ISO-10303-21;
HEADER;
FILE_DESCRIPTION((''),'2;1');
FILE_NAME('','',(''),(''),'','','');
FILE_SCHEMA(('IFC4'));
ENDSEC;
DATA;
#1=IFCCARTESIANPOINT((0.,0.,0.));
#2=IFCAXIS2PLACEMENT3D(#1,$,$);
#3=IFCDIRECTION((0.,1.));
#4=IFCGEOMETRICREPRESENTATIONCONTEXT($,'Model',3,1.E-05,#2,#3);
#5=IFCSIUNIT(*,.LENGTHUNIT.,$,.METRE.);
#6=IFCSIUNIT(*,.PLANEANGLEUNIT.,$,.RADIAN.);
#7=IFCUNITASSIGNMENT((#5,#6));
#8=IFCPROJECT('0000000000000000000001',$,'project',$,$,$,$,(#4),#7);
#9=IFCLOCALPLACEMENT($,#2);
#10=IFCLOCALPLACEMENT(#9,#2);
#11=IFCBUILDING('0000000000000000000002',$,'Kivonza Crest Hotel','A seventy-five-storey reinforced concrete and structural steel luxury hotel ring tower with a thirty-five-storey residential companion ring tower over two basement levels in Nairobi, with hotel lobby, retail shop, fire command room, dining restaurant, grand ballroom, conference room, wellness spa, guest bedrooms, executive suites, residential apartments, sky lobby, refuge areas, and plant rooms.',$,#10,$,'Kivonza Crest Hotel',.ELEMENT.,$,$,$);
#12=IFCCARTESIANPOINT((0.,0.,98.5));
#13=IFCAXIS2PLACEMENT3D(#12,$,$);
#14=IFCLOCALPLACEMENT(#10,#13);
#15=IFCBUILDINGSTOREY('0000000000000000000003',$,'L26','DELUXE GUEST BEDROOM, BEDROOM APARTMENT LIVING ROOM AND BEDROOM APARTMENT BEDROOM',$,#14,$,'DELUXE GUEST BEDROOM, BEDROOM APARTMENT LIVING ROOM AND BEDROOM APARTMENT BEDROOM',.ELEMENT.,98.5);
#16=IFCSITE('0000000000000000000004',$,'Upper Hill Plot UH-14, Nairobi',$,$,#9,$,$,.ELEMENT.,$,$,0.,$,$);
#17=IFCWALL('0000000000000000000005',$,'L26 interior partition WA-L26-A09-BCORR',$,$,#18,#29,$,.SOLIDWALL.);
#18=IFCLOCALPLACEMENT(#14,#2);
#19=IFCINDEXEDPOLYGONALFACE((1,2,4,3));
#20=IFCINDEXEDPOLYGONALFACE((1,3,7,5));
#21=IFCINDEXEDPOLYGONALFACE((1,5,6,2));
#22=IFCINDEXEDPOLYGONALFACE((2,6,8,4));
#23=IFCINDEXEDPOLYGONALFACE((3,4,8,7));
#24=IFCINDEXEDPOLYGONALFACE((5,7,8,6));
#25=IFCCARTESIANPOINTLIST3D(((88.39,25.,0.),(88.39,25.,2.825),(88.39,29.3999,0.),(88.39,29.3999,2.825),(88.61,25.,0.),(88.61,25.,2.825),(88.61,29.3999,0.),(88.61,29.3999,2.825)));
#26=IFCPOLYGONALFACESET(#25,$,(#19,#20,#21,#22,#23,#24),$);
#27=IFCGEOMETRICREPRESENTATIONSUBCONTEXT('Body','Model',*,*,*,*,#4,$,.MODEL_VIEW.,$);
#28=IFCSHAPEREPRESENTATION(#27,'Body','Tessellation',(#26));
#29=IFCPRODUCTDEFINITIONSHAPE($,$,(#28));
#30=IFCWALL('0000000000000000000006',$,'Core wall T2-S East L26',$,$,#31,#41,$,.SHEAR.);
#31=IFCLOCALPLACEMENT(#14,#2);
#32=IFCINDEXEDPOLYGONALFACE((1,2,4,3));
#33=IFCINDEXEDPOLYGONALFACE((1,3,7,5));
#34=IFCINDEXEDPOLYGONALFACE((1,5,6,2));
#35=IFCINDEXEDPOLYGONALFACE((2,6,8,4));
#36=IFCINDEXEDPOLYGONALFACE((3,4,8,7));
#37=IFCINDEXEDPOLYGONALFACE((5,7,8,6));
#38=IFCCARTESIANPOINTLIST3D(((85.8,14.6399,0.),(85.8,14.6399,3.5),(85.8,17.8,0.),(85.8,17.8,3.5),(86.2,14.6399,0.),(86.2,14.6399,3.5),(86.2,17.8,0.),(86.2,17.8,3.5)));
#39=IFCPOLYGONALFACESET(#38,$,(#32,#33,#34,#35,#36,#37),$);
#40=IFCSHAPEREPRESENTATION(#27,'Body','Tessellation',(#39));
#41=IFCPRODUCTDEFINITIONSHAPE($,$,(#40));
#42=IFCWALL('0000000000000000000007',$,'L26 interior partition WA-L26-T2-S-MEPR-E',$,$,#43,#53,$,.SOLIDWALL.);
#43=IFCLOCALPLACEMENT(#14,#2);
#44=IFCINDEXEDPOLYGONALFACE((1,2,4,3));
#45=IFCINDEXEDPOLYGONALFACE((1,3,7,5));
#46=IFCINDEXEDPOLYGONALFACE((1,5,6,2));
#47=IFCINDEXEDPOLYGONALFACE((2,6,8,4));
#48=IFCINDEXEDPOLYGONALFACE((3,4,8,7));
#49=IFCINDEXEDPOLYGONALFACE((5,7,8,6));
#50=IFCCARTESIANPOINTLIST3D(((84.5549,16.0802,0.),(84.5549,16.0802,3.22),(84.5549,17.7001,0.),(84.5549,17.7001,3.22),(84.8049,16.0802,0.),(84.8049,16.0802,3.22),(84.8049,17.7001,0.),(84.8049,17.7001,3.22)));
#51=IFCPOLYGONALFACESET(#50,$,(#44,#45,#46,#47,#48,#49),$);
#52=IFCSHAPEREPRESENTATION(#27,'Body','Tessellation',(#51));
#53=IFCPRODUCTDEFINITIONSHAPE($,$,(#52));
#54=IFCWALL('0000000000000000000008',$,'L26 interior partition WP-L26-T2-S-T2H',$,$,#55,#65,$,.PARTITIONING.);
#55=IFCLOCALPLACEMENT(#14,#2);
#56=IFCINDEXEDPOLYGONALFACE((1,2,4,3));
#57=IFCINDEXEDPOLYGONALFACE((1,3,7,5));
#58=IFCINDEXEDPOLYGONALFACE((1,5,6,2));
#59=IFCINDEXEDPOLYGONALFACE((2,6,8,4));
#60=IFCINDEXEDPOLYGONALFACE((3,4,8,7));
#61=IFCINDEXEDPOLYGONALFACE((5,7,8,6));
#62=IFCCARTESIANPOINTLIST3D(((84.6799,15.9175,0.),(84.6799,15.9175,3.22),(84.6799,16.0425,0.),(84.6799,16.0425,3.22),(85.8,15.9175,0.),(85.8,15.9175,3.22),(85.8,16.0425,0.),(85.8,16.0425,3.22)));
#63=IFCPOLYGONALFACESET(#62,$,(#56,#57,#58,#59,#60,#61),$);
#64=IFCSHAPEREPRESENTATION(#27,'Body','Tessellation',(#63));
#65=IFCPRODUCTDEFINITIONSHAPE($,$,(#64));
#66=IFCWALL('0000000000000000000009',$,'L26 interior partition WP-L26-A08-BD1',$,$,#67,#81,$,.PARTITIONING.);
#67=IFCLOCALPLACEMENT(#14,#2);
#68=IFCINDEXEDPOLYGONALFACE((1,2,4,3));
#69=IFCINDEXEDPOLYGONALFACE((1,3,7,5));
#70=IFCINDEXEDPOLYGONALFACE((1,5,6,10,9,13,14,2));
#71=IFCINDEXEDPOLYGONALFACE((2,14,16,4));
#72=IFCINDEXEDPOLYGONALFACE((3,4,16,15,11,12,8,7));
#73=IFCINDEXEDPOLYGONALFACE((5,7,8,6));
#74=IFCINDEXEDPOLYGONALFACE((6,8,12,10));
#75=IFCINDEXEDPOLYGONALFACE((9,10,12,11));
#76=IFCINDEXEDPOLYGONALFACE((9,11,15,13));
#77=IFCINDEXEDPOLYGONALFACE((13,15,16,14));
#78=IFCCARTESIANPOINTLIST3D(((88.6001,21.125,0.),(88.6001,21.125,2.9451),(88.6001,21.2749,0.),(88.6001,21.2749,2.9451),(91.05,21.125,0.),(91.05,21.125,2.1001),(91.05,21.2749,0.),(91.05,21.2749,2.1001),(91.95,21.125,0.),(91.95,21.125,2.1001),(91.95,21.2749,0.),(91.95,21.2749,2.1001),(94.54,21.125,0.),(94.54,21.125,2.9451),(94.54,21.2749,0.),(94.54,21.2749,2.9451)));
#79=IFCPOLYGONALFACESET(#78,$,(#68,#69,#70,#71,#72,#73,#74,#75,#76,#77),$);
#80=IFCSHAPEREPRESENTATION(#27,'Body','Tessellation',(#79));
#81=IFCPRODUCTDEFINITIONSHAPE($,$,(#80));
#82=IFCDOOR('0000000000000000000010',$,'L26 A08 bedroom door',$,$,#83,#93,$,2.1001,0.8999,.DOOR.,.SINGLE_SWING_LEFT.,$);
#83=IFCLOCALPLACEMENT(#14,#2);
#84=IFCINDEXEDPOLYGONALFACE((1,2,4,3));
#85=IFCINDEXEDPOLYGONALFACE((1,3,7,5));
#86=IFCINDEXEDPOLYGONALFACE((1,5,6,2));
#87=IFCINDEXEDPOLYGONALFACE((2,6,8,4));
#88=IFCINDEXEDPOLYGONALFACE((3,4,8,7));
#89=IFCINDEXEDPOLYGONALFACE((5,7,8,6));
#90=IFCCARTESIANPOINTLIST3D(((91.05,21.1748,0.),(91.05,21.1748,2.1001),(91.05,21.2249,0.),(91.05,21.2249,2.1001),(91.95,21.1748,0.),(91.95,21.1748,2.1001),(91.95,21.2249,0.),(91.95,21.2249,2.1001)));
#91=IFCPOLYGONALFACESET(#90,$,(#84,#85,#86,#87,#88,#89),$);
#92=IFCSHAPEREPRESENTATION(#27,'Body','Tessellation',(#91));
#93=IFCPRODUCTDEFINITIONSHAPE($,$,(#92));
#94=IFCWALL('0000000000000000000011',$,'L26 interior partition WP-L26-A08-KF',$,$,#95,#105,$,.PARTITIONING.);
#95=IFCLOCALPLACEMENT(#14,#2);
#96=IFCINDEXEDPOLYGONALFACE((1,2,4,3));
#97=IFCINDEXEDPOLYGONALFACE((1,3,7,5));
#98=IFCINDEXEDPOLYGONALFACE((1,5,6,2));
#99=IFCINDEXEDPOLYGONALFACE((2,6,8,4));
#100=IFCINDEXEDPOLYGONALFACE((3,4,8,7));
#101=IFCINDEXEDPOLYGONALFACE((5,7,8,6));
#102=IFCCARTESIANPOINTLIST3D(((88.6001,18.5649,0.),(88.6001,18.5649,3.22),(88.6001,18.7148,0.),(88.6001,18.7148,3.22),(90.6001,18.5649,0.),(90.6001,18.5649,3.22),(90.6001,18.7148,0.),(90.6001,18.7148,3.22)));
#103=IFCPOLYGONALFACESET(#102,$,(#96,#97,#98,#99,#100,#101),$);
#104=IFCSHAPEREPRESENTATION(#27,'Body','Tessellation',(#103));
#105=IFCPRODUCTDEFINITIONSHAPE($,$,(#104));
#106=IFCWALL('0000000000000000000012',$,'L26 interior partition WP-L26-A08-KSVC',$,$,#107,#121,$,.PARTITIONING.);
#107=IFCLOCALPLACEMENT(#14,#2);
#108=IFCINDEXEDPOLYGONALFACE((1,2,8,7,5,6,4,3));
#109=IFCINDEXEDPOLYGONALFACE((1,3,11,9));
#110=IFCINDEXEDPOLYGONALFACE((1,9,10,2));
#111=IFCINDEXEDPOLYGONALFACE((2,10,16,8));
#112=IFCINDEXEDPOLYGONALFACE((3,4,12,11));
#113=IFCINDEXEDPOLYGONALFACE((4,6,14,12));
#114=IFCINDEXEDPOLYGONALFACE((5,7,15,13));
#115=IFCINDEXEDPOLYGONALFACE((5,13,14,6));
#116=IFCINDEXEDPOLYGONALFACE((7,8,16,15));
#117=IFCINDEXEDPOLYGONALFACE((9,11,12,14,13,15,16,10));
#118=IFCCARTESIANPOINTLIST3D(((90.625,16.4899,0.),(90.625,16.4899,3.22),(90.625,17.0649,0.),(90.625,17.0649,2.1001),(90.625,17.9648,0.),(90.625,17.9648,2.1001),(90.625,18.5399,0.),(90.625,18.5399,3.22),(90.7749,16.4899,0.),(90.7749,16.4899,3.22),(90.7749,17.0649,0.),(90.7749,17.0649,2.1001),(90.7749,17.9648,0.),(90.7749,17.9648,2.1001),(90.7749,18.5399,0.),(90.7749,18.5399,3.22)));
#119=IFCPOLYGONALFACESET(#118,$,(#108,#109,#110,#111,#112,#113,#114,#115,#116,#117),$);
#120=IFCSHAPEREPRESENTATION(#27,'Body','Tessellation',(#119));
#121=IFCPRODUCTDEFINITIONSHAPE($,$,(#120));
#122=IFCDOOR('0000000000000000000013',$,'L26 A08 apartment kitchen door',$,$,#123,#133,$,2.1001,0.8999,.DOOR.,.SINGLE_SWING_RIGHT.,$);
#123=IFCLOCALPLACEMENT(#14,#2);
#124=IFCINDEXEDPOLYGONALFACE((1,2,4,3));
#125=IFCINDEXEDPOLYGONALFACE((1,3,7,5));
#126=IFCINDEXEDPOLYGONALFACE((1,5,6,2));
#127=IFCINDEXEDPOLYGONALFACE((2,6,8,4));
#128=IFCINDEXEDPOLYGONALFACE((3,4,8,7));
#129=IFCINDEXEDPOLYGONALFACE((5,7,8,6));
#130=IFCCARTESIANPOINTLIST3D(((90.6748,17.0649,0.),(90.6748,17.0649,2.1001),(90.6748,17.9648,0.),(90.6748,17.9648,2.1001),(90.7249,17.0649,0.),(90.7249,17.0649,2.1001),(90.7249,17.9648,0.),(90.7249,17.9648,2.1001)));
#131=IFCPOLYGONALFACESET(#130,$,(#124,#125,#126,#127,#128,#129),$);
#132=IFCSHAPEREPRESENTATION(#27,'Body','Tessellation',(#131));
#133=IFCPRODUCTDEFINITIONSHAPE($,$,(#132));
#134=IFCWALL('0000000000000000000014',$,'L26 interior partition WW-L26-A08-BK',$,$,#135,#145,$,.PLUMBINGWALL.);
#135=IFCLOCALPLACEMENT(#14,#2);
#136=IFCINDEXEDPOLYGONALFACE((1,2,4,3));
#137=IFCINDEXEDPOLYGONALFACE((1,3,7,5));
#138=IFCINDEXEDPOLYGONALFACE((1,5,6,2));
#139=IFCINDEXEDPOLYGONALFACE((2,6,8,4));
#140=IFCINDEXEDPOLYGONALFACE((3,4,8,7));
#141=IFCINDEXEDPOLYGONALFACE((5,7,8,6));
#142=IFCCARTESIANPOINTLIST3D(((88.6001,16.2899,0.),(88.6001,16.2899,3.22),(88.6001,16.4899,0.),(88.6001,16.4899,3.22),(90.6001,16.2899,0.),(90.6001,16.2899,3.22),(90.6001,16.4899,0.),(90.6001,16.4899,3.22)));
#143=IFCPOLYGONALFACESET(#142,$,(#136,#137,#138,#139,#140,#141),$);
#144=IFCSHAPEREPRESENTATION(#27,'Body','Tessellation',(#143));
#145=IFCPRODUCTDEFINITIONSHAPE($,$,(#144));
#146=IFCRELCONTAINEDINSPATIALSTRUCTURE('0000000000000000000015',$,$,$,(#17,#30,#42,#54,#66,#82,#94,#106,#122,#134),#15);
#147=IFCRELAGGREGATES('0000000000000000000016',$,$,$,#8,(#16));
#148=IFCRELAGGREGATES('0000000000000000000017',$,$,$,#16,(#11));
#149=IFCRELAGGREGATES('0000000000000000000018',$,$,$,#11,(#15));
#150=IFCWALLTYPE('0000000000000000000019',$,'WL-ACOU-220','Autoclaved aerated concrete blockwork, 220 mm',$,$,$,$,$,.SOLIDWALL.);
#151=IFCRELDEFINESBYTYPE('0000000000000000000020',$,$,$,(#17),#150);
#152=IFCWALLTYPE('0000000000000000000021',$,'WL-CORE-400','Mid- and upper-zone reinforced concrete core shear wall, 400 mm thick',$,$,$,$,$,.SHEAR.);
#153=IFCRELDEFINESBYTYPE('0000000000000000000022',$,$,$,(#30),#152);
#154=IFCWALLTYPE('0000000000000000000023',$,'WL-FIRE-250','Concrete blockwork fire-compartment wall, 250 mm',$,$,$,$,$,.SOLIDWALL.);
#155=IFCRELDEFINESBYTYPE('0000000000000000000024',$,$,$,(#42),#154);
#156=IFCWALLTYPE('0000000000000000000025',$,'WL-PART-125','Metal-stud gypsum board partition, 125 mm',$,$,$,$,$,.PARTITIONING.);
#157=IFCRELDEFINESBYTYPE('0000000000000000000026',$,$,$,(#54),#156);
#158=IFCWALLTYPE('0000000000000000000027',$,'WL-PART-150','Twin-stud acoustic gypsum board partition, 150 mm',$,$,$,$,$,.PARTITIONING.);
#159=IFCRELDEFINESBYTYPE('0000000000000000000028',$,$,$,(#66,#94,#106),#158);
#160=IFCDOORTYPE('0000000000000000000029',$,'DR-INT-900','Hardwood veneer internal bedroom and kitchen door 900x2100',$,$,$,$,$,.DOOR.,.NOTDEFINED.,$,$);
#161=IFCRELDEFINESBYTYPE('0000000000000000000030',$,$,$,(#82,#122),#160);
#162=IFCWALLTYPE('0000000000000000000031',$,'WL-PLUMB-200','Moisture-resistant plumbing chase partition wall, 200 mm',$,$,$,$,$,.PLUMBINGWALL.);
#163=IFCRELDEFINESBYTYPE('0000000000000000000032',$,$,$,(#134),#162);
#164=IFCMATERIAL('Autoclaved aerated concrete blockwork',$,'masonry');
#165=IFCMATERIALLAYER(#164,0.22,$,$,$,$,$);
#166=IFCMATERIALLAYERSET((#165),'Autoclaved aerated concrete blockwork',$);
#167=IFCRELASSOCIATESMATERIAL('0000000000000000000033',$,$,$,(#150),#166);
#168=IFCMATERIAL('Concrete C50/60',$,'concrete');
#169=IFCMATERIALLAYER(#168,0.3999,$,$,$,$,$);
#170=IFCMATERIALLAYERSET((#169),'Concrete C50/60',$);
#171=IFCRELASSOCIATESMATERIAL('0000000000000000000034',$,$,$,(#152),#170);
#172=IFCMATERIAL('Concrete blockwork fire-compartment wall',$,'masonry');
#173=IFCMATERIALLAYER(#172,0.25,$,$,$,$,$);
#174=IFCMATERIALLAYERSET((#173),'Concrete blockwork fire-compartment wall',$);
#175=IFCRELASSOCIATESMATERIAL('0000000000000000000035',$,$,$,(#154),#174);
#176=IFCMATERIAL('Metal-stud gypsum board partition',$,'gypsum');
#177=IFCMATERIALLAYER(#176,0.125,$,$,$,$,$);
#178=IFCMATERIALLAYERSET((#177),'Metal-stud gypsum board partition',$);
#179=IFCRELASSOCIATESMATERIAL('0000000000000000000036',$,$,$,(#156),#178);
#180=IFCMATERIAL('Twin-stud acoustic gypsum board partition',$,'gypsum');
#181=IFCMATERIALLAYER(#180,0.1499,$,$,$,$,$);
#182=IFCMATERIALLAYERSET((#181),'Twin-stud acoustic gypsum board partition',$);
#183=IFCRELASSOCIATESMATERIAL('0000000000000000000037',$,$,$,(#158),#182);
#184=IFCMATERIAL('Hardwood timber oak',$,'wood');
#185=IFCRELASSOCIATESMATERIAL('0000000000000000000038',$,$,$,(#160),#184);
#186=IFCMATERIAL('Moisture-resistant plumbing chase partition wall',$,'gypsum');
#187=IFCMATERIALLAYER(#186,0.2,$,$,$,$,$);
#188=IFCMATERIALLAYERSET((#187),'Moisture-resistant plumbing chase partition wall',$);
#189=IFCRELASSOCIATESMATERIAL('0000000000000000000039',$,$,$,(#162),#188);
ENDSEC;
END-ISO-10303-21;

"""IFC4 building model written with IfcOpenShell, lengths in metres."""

from ifc_helpers import new_model, si_unit, direction, frame, frame_2d, origin, place, context, subcontext, project, spatial, rectangle, extrude, material, layer, layer_set, type_object, element, fill, save


model = new_model("IFC4")

# Units and contexts
model_context = context("Model", 3, precision=1e-05, world=origin(), true_north=direction((0.0, 1.0)))
body_context = subcontext(model_context, "Body", "Model", "MODEL_VIEW")
ifc_project = project(units=[si_unit("LENGTHUNIT", "METRE"), si_unit("PLANEANGLEUNIT", "RADIAN")], contexts=[model_context])

# Site, building, storey
site_placement = place(None, origin())
site = spatial("IfcSite", under=ifc_project, at=site_placement, Name="Upper Hill Plot UH-14, Nairobi", CompositionType="ELEMENT", RefElevation=0.0)
building_placement = place(site_placement, origin())
building = spatial("IfcBuilding", under=site, at=building_placement, Name="Kivonza Crest Hotel", Description="A seventy-five-storey reinforced concrete and structural steel luxury hotel ring tower with a thirty-five-storey residential companion ring tower over two basement levels in Nairobi, with hotel lobby, retail shop, fire command room, dining restaurant, grand ballroom, conference room, wellness spa, guest bedrooms, executive suites, residential apartments, sky lobby, refuge areas, and plant rooms.", LongName="Kivonza Crest Hotel", CompositionType="ELEMENT")
storey_placement = place(building_placement, frame((0.0, 0.0, 98.5)))
storey = spatial("IfcBuildingStorey", under=building, at=storey_placement, Name="L26", Description="DELUXE GUEST BEDROOM, BEDROOM APARTMENT LIVING ROOM AND BEDROOM APARTMENT BEDROOM", LongName="DELUXE GUEST BEDROOM, BEDROOM APARTMENT LIVING ROOM AND BEDROOM APARTMENT BEDROOM", CompositionType="ELEMENT", Elevation=98.5)

# Shared definitions
ifc_material_1 = material(Name="Concrete C50/60", Category="concrete")

# Shared definitions
ifc_material_2 = material(Name="Autoclaved aerated concrete blockwork", Category="masonry")
ifc_layer_1 = layer(ifc_material_2, 0.22)
ifc_layer_set_1 = layer_set([ifc_layer_1], Name="Autoclaved aerated concrete blockwork")
wall_type_1 = type_object("IfcWallType", Name="WL-ACOU-220", Description="Autoclaved aerated concrete blockwork, 220 mm", PredefinedType="SOLIDWALL", material=ifc_layer_set_1)
ifc_material_3 = material(Name="Hardwood timber oak", Category="wood")

# Walls
wall_1_placement = place(storey_placement, frame((88.5, 25.0, 0.0), z_axis=(0.0, 0.0, 1.0), x_axis=(0.0, 1.0, 0.0)))
element("IfcWall", 1, at=wall_1_placement, inside=storey, type_object=wall_type_1, Name="L26 interior partition WA-L26-A09-BCORR", PredefinedType="SOLIDWALL", context=body_context, shape_type="SweptSolid", body=[
    extrude(rectangle(XDim=4.3999, YDim=0.22, at=frame_2d((2.2, 0.0))), origin(), (0.0, 0.0, 1.0), 2.825),
])
ifc_layer_2 = layer(ifc_material_1, 0.3999)
ifc_layer_set_2 = layer_set([ifc_layer_2], Name="Concrete C50/60")
wall_type_2 = type_object("IfcWallType", Name="WL-CORE-400", Description="Mid- and upper-zone reinforced concrete core shear wall, 400 mm thick", PredefinedType="SHEAR", material=ifc_layer_set_2)
wall_2_placement = place(storey_placement, frame((86.0, 14.6399, 0.0), z_axis=(0.0, 0.0, 1.0), x_axis=(0.0, 1.0, 0.0)))
element("IfcWall", 2, at=wall_2_placement, inside=storey, type_object=wall_type_2, Name="Core wall T2-S East L26", PredefinedType="SHEAR", context=body_context, shape_type="SweptSolid", body=[
    extrude(rectangle(XDim=3.1602, YDim=0.3999, at=frame_2d((1.5801, 0.0))), origin(), (0.0, 0.0, 1.0), 3.5),
])
ifc_material_4 = material(Name="Concrete blockwork fire-compartment wall", Category="masonry")
ifc_layer_3 = layer(ifc_material_4, 0.25)
ifc_layer_set_3 = layer_set([ifc_layer_3], Name="Concrete blockwork fire-compartment wall")
wall_type_3 = type_object("IfcWallType", Name="WL-FIRE-250", Description="Concrete blockwork fire-compartment wall, 250 mm", PredefinedType="SOLIDWALL", material=ifc_layer_set_3)
wall_3_placement = place(storey_placement, frame((84.6799, 16.0801, 0.0), z_axis=(0.0, 0.0, 1.0), x_axis=(0.0, 1.0, 0.0)))
element("IfcWall", 3, at=wall_3_placement, inside=storey, type_object=wall_type_3, Name="L26 interior partition WA-L26-T2-S-MEPR-E", PredefinedType="SOLIDWALL", context=body_context, shape_type="SweptSolid", body=[
    extrude(rectangle(XDim=1.6199, YDim=0.25, at=frame_2d((0.8101, 0.0))), origin(), (0.0, 0.0, 1.0), 3.22),
])
ifc_material_5 = material(Name="Metal-stud gypsum board partition", Category="gypsum")
ifc_layer_4 = layer(ifc_material_5, 0.125)
ifc_layer_set_4 = layer_set([ifc_layer_4], Name="Metal-stud gypsum board partition")
wall_type_4 = type_object("IfcWallType", Name="WL-PART-125", Description="Metal-stud gypsum board partition, 125 mm", PredefinedType="PARTITIONING", material=ifc_layer_set_4)
wall_4_placement = place(storey_placement, frame((84.6799, 15.98, 0.0), z_axis=(0.0, 0.0, 1.0), x_axis=(1.0, 0.0, 0.0)))
element("IfcWall", 4, at=wall_4_placement, inside=storey, type_object=wall_type_4, Name="L26 interior partition WP-L26-T2-S-T2H", PredefinedType="PARTITIONING", context=body_context, shape_type="SweptSolid", body=[
    extrude(rectangle(XDim=1.1201, YDim=0.125, at=frame_2d((0.5601, 0.0))), origin(), (0.0, 0.0, 1.0), 3.22),
])

# Wall, opening, door
ifc_material_6 = material(Name="Twin-stud acoustic gypsum board partition", Category="gypsum")
ifc_layer_5 = layer(ifc_material_6, 0.1499)
ifc_layer_set_5 = layer_set([ifc_layer_5], Name="Twin-stud acoustic gypsum board partition")
wall_type_5 = type_object("IfcWallType", Name="WL-PART-150", Description="Twin-stud acoustic gypsum board partition, 150 mm", PredefinedType="PARTITIONING", material=ifc_layer_set_5)
wall_5_placement = place(storey_placement, frame((88.6001, 21.2, 0.0), z_axis=(0.0, 0.0, 1.0), x_axis=(1.0, 0.0, 0.0)))
wall_5 = element("IfcWall", 5, at=wall_5_placement, inside=storey, type_object=wall_type_5, Name="L26 interior partition WP-L26-A08-BD1", PredefinedType="PARTITIONING", context=body_context, shape_type="SweptSolid", body=[
    extrude(rectangle(XDim=5.9399, YDim=0.1499, at=frame_2d((2.97, 0.0))), origin(), (0.0, 0.0, 1.0), 2.9451),
])
opening_1_placement = place(wall_5_placement, frame((2.45, 0.0, 0.0)))
opening_1 = element("IfcOpeningElement", 6, at=opening_1_placement, cuts=wall_5, PredefinedType="OPENING", context=body_context, shape_type="SweptSolid", body=[
    extrude(rectangle(XDim=0.8999, YDim=2.1001, at=frame_2d((0.45, 1.05))), frame((0.0, 0.085, 0.0), z_axis=(0.0, -1.0, 0.0), x_axis=(1.0, 0.0, 0.0)), (0.0, 0.0, 1.0), 0.1699),
])
door_type_1 = type_object("IfcDoorType", Name="DR-INT-900", Description="Hardwood veneer internal bedroom and kitchen door 900x2100", OperationType="NOTDEFINED", PredefinedType="DOOR", material=ifc_material_3)
door_1_placement = place(opening_1_placement, origin())
door_1 = element("IfcDoor", 7, at=door_1_placement, inside=storey, type_object=door_type_1, Name="L26 A08 bedroom door", OperationType="SINGLE_SWING_LEFT", OverallHeight=2.1001, OverallWidth=0.8999, PredefinedType="DOOR", context=body_context, shape_type="SweptSolid", body=[
    extrude(rectangle(XDim=0.8999, YDim=2.1001, at=frame_2d((0.45, 1.05))), frame((0.0, 0.0249, 0.0), z_axis=(0.0, -1.0, 0.0), x_axis=(1.0, 0.0, 0.0)), (0.0, 0.0, 1.0), 0.05),
])
fill(opening_1, door_1)

# Wall
wall_6_placement = place(storey_placement, frame((88.6001, 18.6399, 0.0), z_axis=(0.0, 0.0, 1.0), x_axis=(1.0, 0.0, 0.0)))
element("IfcWall", 8, at=wall_6_placement, inside=storey, type_object=wall_type_5, Name="L26 interior partition WP-L26-A08-KF", PredefinedType="PARTITIONING", context=body_context, shape_type="SweptSolid", body=[
    extrude(rectangle(XDim=2.0, YDim=0.1499, at=frame_2d((1.0, 0.0))), origin(), (0.0, 0.0, 1.0), 3.22),
])

# Wall, opening, door
wall_7_placement = place(storey_placement, frame((90.7, 16.49, 0.0), z_axis=(0.0, 0.0, 1.0), x_axis=(0.0, 1.0, 0.0)))
wall_7 = element("IfcWall", 9, at=wall_7_placement, inside=storey, type_object=wall_type_5, Name="L26 interior partition WP-L26-A08-KSVC", PredefinedType="PARTITIONING", context=body_context, shape_type="SweptSolid", body=[
    extrude(rectangle(XDim=2.05, YDim=0.1499, at=frame_2d((1.0249, 0.0))), origin(), (0.0, 0.0, 1.0), 3.22),
])
opening_2_placement = place(wall_7_placement, frame((0.575, 0.0, 0.0)))
opening_2 = element("IfcOpeningElement", 10, at=opening_2_placement, cuts=wall_7, PredefinedType="OPENING", context=body_context, shape_type="SweptSolid", body=[
    extrude(rectangle(XDim=0.8999, YDim=2.1001, at=frame_2d((0.45, 1.05))), frame((0.0, 0.085, 0.0), z_axis=(0.0, -1.0, 0.0), x_axis=(1.0, 0.0, 0.0)), (0.0, 0.0, 1.0), 0.1699),
])
door_2_placement = place(opening_2_placement, frame((0.8999, 0.0, 0.0), z_axis=(0.0, 0.0, 1.0), x_axis=(-1.0, 0.0, 0.0)))
door_2 = element("IfcDoor", 11, at=door_2_placement, inside=storey, type_object=door_type_1, Name="L26 A08 apartment kitchen door", OperationType="SINGLE_SWING_RIGHT", OverallHeight=2.1001, OverallWidth=0.8999, PredefinedType="DOOR", context=body_context, shape_type="SweptSolid", body=[
    extrude(rectangle(XDim=0.8999, YDim=2.1001, at=frame_2d((0.45, 1.05))), frame((0.0, 0.0249, 0.0), z_axis=(0.0, -1.0, 0.0), x_axis=(1.0, 0.0, 0.0)), (0.0, 0.0, 1.0), 0.05),
])
fill(opening_2, door_2)

# Wall
ifc_material_7 = material(Name="Moisture-resistant plumbing chase partition wall", Category="gypsum")
ifc_layer_6 = layer(ifc_material_7, 0.2)
ifc_layer_set_6 = layer_set([ifc_layer_6], Name="Moisture-resistant plumbing chase partition wall")
wall_type_6 = type_object("IfcWallType", Name="WL-PLUMB-200", Description="Moisture-resistant plumbing chase partition wall, 200 mm", PredefinedType="PLUMBINGWALL", material=ifc_layer_set_6)
wall_8_placement = place(storey_placement, frame((88.6001, 16.3899, 0.0), z_axis=(0.0, 0.0, 1.0), x_axis=(1.0, 0.0, 0.0)))
element("IfcWall", 12, at=wall_8_placement, inside=storey, type_object=wall_type_6, Name="L26 interior partition WW-L26-A08-BK", PredefinedType="PLUMBINGWALL", context=body_context, shape_type="SweptSolid", body=[
    extrude(rectangle(XDim=2.0, YDim=0.2, at=frame_2d((1.0, 0.0))), origin(), (0.0, 0.0, 1.0), 3.22),
])

save(model, "model.ifc")
